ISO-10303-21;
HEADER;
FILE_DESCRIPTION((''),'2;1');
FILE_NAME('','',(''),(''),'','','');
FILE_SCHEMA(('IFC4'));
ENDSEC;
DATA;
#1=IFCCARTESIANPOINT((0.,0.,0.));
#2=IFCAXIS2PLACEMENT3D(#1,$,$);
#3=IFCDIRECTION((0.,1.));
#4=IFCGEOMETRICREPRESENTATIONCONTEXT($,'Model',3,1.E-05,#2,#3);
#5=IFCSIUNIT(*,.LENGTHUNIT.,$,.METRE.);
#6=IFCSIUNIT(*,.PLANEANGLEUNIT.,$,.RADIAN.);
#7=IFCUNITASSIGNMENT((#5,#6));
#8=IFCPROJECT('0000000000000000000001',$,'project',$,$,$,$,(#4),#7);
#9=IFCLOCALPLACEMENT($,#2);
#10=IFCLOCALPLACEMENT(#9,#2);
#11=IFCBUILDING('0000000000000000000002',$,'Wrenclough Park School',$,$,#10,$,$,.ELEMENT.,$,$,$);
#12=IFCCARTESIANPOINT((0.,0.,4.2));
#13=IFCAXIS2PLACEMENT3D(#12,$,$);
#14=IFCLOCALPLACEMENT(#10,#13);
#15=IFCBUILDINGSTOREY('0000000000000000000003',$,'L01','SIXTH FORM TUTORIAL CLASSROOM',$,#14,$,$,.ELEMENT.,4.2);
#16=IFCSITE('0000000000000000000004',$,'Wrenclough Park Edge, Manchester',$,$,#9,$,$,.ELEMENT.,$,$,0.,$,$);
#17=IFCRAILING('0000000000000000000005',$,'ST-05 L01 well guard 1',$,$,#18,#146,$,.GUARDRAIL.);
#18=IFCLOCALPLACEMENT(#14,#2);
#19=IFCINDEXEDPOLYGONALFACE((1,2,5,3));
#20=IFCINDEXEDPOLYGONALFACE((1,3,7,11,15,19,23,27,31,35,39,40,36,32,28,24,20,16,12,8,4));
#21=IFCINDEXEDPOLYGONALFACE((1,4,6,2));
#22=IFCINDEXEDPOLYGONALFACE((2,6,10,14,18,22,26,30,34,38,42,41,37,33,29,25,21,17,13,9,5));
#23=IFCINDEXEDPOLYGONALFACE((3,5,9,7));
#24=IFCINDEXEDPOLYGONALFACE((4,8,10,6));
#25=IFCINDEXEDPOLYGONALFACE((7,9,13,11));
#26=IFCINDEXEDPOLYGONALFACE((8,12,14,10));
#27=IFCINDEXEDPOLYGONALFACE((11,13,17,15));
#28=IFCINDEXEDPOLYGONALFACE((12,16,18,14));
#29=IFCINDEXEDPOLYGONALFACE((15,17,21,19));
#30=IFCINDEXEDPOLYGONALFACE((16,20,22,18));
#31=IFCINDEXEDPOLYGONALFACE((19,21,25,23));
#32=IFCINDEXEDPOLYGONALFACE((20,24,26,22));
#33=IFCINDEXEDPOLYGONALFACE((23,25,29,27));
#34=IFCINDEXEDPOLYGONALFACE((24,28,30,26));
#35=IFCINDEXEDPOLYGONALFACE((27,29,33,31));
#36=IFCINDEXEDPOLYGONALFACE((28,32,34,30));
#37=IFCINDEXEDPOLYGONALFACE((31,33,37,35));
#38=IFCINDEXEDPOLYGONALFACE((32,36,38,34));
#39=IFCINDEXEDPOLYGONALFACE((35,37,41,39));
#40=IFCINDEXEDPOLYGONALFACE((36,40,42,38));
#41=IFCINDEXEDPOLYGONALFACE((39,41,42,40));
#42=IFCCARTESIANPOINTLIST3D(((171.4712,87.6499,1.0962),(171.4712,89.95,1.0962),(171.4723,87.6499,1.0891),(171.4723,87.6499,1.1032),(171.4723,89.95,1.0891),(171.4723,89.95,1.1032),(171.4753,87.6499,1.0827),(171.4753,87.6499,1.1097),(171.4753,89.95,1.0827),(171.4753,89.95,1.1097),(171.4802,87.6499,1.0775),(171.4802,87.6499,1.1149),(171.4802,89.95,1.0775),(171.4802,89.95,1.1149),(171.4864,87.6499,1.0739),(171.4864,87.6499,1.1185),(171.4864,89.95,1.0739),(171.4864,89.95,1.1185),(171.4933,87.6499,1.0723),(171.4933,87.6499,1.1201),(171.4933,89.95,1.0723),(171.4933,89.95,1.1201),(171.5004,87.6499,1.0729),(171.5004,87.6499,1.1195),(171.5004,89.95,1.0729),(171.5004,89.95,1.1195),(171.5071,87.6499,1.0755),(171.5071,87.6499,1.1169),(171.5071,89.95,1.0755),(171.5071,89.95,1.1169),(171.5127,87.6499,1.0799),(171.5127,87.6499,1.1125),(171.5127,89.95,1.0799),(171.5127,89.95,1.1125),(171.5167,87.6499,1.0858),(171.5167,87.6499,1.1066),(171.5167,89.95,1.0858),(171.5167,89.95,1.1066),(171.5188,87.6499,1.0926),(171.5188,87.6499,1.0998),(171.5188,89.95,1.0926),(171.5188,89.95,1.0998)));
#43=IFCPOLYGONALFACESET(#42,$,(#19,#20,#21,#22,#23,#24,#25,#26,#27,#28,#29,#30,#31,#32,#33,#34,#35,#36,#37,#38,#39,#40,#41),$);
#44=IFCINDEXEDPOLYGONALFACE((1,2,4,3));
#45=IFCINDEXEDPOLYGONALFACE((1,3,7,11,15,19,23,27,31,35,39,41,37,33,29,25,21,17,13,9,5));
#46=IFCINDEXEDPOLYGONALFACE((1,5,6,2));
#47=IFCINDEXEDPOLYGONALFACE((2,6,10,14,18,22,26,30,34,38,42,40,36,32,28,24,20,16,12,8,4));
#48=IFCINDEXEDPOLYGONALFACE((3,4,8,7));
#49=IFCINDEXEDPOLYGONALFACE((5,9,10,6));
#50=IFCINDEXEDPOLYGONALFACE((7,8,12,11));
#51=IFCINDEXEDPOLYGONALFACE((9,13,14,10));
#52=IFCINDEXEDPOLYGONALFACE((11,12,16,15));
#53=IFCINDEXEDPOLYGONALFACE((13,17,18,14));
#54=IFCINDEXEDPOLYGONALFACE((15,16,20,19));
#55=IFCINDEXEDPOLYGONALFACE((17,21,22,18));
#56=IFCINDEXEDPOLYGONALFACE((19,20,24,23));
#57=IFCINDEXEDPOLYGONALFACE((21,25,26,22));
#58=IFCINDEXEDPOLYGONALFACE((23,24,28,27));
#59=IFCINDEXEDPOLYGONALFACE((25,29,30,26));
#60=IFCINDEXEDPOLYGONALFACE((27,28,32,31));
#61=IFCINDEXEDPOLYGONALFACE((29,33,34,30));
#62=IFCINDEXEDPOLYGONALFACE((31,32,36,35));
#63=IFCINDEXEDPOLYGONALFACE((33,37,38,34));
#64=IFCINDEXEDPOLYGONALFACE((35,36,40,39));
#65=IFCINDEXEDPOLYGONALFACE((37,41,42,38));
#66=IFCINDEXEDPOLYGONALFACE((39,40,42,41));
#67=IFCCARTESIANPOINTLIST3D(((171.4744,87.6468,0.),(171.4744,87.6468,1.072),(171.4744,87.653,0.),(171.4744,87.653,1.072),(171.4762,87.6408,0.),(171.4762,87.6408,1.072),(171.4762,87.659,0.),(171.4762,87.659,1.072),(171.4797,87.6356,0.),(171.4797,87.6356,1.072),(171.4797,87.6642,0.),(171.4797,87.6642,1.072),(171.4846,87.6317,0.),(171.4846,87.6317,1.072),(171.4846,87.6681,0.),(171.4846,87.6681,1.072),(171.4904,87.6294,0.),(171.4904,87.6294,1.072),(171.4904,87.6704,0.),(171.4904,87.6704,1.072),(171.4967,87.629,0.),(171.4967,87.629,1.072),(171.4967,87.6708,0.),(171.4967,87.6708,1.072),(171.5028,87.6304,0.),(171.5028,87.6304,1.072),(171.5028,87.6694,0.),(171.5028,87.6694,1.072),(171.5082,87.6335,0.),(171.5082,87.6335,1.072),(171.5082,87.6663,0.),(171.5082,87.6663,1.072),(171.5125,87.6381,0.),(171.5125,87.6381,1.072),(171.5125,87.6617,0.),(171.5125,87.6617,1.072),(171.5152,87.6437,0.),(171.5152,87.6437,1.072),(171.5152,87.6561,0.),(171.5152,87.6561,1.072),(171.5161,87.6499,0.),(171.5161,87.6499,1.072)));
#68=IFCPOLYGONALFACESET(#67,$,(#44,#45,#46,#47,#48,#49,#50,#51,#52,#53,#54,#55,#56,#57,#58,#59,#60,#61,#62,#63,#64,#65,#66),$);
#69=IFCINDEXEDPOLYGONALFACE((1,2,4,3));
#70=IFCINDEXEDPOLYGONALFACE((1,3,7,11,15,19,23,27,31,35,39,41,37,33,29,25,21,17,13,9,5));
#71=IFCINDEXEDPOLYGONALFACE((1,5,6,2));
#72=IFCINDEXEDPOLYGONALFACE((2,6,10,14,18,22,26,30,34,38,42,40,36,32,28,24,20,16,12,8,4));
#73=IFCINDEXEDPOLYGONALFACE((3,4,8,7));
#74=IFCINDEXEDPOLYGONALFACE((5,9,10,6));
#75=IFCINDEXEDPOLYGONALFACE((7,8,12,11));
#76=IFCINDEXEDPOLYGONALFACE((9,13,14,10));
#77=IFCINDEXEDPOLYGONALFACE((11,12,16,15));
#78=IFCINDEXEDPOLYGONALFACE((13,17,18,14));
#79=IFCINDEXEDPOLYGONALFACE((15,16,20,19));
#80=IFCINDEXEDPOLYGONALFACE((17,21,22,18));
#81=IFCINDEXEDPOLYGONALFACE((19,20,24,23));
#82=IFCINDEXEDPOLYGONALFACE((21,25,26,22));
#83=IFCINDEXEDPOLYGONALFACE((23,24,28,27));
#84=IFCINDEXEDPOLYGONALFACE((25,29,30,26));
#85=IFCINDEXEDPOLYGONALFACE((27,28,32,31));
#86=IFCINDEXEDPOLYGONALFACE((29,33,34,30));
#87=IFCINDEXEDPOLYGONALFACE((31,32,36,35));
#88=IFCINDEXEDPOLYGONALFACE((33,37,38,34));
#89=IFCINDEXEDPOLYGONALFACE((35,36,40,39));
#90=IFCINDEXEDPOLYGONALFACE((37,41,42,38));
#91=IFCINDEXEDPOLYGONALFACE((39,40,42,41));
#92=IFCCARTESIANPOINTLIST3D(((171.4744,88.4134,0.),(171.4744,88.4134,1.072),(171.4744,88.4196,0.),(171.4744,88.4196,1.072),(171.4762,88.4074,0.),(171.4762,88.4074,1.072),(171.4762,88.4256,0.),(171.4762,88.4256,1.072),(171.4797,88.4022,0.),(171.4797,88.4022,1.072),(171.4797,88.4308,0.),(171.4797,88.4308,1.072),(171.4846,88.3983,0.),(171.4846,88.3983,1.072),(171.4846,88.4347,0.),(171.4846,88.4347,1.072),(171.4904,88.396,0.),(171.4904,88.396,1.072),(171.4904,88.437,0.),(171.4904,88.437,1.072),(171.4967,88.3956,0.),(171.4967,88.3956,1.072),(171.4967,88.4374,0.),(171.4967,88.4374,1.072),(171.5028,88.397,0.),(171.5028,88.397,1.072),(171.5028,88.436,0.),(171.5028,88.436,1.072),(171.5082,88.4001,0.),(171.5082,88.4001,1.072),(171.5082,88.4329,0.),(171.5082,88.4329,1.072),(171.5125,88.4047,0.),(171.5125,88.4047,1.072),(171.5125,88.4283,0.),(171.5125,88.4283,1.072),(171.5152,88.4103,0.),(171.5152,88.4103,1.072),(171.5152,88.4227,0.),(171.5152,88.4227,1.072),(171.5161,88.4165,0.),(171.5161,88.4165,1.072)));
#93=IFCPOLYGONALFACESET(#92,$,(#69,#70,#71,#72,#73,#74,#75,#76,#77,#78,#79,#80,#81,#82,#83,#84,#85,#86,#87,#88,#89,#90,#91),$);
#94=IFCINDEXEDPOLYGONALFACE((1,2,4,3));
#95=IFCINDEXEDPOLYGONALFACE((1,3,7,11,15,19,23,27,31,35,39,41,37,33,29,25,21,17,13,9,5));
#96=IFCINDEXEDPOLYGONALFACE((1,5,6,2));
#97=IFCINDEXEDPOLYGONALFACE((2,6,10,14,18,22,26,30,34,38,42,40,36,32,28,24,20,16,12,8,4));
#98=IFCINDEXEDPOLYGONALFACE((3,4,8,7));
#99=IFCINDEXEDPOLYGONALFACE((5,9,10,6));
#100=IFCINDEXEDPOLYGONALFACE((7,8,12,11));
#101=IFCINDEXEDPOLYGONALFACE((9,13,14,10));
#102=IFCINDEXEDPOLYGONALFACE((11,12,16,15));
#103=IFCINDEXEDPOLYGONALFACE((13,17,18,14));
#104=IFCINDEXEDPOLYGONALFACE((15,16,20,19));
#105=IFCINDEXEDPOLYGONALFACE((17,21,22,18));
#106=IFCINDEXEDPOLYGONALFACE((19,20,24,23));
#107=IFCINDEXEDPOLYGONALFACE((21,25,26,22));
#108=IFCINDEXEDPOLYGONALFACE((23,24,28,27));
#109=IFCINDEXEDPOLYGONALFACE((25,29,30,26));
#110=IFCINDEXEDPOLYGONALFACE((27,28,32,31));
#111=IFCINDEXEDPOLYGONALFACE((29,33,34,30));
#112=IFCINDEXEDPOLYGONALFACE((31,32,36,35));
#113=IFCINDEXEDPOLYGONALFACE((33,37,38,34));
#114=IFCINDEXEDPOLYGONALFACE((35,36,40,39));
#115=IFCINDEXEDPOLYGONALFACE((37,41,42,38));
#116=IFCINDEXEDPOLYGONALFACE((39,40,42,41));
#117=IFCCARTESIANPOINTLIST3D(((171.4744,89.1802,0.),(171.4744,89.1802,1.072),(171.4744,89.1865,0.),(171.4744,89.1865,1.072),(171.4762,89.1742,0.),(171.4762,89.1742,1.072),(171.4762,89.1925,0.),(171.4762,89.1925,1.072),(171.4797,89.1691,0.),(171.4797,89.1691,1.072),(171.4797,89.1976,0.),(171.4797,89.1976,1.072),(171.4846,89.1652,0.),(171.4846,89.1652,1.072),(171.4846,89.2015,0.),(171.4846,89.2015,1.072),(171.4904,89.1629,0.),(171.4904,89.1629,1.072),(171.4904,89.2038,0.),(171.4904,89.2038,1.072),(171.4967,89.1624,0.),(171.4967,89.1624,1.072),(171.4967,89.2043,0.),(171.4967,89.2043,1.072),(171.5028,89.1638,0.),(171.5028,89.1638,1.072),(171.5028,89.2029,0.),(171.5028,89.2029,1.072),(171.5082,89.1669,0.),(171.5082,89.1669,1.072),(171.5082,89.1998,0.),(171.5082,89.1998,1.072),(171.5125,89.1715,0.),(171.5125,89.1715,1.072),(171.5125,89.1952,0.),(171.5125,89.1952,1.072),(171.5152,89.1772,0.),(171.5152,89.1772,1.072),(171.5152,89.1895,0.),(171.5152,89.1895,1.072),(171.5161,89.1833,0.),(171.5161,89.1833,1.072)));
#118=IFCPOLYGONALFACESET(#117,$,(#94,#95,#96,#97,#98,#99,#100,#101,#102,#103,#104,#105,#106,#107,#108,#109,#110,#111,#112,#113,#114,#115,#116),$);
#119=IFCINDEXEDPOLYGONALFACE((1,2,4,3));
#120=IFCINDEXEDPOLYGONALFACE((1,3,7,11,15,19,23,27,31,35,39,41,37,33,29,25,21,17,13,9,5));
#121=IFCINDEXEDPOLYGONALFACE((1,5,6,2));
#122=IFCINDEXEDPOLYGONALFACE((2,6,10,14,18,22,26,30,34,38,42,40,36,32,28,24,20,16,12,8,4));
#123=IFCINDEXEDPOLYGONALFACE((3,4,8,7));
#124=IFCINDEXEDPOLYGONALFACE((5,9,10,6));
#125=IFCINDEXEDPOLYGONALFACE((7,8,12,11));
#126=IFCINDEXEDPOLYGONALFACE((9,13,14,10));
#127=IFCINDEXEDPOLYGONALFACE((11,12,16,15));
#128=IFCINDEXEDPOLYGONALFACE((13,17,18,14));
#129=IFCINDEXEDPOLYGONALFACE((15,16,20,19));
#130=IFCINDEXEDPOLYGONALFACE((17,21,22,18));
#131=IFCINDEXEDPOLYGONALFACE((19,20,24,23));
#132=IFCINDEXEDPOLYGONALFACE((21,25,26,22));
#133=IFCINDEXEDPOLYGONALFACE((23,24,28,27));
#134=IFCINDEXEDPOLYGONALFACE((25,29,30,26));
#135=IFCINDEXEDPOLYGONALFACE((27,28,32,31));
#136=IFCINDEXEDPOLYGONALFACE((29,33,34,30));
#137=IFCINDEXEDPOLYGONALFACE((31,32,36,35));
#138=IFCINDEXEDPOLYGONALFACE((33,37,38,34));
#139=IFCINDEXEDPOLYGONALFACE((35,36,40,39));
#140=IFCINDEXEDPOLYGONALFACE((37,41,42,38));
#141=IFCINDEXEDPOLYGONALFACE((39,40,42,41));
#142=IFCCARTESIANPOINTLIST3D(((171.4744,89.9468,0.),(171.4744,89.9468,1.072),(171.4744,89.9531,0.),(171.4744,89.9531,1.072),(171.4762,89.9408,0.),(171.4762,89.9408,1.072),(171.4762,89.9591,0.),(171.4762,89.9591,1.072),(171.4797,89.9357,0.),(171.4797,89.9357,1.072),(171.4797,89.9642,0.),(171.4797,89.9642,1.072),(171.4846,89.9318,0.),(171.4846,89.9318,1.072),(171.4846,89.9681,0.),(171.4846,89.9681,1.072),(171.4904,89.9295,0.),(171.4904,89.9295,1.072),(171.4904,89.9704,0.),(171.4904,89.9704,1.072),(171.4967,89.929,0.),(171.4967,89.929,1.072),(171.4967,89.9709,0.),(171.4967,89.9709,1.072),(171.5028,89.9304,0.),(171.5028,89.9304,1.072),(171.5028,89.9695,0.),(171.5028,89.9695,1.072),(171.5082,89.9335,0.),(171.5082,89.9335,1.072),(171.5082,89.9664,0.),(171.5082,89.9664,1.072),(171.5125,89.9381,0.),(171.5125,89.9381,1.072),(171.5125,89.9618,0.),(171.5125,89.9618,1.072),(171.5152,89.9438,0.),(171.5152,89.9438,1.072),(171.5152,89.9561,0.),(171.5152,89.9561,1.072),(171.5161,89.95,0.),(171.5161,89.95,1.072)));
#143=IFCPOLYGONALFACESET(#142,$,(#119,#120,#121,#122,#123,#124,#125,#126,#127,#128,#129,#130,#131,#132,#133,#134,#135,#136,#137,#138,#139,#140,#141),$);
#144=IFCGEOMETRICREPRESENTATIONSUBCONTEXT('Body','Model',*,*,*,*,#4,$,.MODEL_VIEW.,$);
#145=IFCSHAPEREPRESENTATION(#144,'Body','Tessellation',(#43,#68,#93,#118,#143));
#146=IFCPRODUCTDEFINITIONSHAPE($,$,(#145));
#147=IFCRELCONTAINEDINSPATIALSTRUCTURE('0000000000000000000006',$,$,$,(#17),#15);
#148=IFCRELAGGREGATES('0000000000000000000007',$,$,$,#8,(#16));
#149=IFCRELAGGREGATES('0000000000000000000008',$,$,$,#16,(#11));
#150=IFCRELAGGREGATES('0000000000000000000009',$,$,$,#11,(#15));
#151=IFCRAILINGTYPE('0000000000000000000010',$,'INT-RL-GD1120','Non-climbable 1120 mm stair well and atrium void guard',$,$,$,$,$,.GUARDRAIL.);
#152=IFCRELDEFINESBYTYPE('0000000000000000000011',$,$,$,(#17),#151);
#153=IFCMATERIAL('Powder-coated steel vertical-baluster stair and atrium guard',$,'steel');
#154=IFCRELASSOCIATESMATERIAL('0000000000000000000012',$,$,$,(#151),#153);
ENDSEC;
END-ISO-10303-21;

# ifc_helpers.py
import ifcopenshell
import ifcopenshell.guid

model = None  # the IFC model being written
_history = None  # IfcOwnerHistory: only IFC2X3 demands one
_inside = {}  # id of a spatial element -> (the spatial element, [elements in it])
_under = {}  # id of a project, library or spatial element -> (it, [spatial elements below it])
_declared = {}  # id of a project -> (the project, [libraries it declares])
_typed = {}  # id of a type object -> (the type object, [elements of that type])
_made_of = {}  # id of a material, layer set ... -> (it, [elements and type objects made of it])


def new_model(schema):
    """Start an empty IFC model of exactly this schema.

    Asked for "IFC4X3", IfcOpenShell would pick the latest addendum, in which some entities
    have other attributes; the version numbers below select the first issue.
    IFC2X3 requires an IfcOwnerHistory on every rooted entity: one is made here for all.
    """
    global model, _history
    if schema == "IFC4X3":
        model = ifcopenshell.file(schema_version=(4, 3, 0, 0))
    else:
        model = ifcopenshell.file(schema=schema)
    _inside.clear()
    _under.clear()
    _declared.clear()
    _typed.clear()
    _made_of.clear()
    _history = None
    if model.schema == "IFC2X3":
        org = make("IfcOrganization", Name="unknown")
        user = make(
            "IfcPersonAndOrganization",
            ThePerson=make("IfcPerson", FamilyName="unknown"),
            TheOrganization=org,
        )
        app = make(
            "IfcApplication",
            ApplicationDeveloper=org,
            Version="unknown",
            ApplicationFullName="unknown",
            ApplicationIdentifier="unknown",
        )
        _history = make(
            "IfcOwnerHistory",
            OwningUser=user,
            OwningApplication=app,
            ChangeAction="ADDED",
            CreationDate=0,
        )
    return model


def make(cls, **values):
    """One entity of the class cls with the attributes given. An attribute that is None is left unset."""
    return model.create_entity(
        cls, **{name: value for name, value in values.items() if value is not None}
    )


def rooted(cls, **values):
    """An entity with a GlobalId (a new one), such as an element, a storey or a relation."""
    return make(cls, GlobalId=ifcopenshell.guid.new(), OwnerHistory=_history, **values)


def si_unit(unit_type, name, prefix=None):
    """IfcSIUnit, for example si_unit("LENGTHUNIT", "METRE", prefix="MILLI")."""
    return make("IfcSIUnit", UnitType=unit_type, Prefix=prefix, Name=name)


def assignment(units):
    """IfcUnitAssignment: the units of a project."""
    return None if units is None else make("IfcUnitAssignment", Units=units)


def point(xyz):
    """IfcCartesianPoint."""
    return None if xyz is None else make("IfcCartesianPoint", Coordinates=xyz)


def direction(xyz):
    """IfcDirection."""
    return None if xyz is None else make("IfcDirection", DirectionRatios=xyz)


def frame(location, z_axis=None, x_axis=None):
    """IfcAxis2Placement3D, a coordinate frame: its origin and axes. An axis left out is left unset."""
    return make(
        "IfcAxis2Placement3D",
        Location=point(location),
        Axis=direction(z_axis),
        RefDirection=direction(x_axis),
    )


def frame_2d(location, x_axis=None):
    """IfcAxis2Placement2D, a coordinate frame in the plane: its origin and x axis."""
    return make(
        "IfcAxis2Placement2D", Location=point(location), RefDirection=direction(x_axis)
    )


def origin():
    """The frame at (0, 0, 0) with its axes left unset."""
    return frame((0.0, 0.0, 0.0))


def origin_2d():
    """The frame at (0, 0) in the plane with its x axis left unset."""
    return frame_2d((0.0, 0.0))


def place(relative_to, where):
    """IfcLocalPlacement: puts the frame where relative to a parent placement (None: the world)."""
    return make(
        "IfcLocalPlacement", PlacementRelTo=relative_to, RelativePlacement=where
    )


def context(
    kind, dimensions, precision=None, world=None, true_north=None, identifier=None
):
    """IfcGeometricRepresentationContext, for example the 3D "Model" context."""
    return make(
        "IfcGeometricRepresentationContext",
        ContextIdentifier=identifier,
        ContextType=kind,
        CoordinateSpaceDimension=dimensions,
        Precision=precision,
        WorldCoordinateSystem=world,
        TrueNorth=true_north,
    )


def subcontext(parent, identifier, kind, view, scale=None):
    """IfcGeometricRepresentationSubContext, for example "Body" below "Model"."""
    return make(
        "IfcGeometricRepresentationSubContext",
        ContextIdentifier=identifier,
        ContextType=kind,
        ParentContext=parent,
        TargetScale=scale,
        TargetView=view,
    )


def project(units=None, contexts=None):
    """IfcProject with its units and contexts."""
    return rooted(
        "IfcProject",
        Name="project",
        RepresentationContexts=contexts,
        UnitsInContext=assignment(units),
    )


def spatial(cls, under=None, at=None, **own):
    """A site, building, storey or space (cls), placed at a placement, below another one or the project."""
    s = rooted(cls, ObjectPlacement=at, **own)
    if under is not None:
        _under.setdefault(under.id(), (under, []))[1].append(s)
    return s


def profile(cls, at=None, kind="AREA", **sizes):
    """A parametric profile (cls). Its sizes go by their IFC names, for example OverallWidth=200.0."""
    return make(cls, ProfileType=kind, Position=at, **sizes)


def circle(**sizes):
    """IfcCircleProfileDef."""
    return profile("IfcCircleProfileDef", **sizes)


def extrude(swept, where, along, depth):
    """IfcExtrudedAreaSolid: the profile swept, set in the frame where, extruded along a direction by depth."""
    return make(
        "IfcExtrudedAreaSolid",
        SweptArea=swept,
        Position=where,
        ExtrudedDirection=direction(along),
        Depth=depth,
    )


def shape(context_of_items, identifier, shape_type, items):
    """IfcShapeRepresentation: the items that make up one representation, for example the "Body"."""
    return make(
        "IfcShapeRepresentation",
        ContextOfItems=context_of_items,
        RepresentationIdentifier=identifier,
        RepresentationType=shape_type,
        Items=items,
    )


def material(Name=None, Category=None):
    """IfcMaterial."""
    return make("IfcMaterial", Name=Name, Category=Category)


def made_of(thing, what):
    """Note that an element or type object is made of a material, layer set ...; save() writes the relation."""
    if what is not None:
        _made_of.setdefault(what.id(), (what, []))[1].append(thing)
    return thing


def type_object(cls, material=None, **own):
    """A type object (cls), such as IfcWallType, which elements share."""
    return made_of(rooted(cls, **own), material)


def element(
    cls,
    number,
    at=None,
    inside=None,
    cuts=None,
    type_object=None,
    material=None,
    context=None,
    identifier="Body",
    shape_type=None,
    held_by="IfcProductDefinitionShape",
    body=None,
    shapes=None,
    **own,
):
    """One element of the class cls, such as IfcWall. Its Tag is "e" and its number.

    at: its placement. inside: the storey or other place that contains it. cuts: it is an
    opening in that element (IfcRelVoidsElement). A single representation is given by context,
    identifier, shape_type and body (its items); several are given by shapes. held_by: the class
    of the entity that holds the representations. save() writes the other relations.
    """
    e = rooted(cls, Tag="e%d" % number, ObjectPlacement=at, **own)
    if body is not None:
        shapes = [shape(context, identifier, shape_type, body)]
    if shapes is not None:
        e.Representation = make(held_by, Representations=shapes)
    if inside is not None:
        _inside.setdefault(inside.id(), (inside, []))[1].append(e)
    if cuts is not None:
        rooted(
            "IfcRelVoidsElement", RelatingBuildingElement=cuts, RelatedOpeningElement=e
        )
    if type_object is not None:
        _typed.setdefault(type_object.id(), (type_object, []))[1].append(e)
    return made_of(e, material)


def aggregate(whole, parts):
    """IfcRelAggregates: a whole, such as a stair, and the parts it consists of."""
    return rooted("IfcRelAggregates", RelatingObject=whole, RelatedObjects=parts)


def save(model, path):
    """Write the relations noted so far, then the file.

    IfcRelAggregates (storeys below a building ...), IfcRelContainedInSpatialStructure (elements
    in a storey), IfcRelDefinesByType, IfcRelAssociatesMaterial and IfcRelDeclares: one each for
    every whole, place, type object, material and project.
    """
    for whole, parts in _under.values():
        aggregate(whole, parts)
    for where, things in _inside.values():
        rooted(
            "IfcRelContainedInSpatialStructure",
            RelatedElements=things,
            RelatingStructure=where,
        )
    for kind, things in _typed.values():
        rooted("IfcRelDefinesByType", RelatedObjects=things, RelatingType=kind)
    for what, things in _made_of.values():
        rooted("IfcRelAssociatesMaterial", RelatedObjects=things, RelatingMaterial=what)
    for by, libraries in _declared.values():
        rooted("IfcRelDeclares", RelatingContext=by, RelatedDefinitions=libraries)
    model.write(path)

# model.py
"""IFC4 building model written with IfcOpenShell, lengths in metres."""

from ifc_helpers import new_model, si_unit, direction, frame, origin, origin_2d, place, context, subcontext, project, spatial, circle, extrude, material, type_object, element, save


model = new_model("IFC4")

# Units and contexts
model_context = context("Model", 3, precision=1e-05, world=origin(), true_north=direction((0.0, 1.0)))
body_context = subcontext(model_context, "Body", "Model", "MODEL_VIEW")
ifc_project = project(units=[si_unit("LENGTHUNIT", "METRE"), si_unit("PLANEANGLEUNIT", "RADIAN")], contexts=[model_context])

# Site, building, storey
site_placement = place(None, origin())
site = spatial("IfcSite", under=ifc_project, at=site_placement, Name="Wrenclough Park Edge, Manchester", CompositionType="ELEMENT", RefElevation=0.0)
building_placement = place(site_placement, origin())
building = spatial("IfcBuilding", under=site, at=building_placement, Name="Wrenclough Park School", CompositionType="ELEMENT")
storey_placement = place(building_placement, frame((0.0, 0.0, 4.2)))
storey = spatial("IfcBuildingStorey", under=building, at=storey_placement, Name="L01", Description="SIXTH FORM TUTORIAL CLASSROOM", CompositionType="ELEMENT", Elevation=4.2)

# Railing
ifc_material_1 = material(Name="Powder-coated steel vertical-baluster stair and atrium guard", Category="steel")
railing_type_1 = type_object("IfcRailingType", Name="INT-RL-GD1120", Description="Non-climbable 1120 mm stair well and atrium void guard", PredefinedType="GUARDRAIL", material=ifc_material_1)
railing_1_placement = place(storey_placement, frame((171.4951, 87.6499, 0.0)))
element("IfcRailing", 1, at=railing_1_placement, inside=storey, type_object=railing_type_1, Name="ST-05 L01 well guard 1", PredefinedType="GUARDRAIL", context=body_context, shape_type="SweptSolid", body=[
    extrude(circle(Radius=0.0239, at=origin_2d()), frame((0.0, 0.0, 1.0962), z_axis=(0.0, 1.0, 0.0), x_axis=(-1.0, 0.0, 0.0)), (0.0, 0.0, 1.0), 2.3),
    extrude(circle(Radius=0.021, at=origin_2d()), origin(), (0.0, 0.0, 1.0), 1.072),
    extrude(circle(Radius=0.021, at=origin_2d()), frame((0.0, 0.7666, 0.0)), (0.0, 0.0, 1.0), 1.072),
    extrude(circle(Radius=0.021, at=origin_2d()), frame((0.0, 1.5334, 0.0)), (0.0, 0.0, 1.0), 1.072),
    extrude(circle(Radius=0.021, at=origin_2d()), frame((0.0, 2.3, 0.0)), (0.0, 0.0, 1.0), 1.072),
])

save(model, "model.ifc")
